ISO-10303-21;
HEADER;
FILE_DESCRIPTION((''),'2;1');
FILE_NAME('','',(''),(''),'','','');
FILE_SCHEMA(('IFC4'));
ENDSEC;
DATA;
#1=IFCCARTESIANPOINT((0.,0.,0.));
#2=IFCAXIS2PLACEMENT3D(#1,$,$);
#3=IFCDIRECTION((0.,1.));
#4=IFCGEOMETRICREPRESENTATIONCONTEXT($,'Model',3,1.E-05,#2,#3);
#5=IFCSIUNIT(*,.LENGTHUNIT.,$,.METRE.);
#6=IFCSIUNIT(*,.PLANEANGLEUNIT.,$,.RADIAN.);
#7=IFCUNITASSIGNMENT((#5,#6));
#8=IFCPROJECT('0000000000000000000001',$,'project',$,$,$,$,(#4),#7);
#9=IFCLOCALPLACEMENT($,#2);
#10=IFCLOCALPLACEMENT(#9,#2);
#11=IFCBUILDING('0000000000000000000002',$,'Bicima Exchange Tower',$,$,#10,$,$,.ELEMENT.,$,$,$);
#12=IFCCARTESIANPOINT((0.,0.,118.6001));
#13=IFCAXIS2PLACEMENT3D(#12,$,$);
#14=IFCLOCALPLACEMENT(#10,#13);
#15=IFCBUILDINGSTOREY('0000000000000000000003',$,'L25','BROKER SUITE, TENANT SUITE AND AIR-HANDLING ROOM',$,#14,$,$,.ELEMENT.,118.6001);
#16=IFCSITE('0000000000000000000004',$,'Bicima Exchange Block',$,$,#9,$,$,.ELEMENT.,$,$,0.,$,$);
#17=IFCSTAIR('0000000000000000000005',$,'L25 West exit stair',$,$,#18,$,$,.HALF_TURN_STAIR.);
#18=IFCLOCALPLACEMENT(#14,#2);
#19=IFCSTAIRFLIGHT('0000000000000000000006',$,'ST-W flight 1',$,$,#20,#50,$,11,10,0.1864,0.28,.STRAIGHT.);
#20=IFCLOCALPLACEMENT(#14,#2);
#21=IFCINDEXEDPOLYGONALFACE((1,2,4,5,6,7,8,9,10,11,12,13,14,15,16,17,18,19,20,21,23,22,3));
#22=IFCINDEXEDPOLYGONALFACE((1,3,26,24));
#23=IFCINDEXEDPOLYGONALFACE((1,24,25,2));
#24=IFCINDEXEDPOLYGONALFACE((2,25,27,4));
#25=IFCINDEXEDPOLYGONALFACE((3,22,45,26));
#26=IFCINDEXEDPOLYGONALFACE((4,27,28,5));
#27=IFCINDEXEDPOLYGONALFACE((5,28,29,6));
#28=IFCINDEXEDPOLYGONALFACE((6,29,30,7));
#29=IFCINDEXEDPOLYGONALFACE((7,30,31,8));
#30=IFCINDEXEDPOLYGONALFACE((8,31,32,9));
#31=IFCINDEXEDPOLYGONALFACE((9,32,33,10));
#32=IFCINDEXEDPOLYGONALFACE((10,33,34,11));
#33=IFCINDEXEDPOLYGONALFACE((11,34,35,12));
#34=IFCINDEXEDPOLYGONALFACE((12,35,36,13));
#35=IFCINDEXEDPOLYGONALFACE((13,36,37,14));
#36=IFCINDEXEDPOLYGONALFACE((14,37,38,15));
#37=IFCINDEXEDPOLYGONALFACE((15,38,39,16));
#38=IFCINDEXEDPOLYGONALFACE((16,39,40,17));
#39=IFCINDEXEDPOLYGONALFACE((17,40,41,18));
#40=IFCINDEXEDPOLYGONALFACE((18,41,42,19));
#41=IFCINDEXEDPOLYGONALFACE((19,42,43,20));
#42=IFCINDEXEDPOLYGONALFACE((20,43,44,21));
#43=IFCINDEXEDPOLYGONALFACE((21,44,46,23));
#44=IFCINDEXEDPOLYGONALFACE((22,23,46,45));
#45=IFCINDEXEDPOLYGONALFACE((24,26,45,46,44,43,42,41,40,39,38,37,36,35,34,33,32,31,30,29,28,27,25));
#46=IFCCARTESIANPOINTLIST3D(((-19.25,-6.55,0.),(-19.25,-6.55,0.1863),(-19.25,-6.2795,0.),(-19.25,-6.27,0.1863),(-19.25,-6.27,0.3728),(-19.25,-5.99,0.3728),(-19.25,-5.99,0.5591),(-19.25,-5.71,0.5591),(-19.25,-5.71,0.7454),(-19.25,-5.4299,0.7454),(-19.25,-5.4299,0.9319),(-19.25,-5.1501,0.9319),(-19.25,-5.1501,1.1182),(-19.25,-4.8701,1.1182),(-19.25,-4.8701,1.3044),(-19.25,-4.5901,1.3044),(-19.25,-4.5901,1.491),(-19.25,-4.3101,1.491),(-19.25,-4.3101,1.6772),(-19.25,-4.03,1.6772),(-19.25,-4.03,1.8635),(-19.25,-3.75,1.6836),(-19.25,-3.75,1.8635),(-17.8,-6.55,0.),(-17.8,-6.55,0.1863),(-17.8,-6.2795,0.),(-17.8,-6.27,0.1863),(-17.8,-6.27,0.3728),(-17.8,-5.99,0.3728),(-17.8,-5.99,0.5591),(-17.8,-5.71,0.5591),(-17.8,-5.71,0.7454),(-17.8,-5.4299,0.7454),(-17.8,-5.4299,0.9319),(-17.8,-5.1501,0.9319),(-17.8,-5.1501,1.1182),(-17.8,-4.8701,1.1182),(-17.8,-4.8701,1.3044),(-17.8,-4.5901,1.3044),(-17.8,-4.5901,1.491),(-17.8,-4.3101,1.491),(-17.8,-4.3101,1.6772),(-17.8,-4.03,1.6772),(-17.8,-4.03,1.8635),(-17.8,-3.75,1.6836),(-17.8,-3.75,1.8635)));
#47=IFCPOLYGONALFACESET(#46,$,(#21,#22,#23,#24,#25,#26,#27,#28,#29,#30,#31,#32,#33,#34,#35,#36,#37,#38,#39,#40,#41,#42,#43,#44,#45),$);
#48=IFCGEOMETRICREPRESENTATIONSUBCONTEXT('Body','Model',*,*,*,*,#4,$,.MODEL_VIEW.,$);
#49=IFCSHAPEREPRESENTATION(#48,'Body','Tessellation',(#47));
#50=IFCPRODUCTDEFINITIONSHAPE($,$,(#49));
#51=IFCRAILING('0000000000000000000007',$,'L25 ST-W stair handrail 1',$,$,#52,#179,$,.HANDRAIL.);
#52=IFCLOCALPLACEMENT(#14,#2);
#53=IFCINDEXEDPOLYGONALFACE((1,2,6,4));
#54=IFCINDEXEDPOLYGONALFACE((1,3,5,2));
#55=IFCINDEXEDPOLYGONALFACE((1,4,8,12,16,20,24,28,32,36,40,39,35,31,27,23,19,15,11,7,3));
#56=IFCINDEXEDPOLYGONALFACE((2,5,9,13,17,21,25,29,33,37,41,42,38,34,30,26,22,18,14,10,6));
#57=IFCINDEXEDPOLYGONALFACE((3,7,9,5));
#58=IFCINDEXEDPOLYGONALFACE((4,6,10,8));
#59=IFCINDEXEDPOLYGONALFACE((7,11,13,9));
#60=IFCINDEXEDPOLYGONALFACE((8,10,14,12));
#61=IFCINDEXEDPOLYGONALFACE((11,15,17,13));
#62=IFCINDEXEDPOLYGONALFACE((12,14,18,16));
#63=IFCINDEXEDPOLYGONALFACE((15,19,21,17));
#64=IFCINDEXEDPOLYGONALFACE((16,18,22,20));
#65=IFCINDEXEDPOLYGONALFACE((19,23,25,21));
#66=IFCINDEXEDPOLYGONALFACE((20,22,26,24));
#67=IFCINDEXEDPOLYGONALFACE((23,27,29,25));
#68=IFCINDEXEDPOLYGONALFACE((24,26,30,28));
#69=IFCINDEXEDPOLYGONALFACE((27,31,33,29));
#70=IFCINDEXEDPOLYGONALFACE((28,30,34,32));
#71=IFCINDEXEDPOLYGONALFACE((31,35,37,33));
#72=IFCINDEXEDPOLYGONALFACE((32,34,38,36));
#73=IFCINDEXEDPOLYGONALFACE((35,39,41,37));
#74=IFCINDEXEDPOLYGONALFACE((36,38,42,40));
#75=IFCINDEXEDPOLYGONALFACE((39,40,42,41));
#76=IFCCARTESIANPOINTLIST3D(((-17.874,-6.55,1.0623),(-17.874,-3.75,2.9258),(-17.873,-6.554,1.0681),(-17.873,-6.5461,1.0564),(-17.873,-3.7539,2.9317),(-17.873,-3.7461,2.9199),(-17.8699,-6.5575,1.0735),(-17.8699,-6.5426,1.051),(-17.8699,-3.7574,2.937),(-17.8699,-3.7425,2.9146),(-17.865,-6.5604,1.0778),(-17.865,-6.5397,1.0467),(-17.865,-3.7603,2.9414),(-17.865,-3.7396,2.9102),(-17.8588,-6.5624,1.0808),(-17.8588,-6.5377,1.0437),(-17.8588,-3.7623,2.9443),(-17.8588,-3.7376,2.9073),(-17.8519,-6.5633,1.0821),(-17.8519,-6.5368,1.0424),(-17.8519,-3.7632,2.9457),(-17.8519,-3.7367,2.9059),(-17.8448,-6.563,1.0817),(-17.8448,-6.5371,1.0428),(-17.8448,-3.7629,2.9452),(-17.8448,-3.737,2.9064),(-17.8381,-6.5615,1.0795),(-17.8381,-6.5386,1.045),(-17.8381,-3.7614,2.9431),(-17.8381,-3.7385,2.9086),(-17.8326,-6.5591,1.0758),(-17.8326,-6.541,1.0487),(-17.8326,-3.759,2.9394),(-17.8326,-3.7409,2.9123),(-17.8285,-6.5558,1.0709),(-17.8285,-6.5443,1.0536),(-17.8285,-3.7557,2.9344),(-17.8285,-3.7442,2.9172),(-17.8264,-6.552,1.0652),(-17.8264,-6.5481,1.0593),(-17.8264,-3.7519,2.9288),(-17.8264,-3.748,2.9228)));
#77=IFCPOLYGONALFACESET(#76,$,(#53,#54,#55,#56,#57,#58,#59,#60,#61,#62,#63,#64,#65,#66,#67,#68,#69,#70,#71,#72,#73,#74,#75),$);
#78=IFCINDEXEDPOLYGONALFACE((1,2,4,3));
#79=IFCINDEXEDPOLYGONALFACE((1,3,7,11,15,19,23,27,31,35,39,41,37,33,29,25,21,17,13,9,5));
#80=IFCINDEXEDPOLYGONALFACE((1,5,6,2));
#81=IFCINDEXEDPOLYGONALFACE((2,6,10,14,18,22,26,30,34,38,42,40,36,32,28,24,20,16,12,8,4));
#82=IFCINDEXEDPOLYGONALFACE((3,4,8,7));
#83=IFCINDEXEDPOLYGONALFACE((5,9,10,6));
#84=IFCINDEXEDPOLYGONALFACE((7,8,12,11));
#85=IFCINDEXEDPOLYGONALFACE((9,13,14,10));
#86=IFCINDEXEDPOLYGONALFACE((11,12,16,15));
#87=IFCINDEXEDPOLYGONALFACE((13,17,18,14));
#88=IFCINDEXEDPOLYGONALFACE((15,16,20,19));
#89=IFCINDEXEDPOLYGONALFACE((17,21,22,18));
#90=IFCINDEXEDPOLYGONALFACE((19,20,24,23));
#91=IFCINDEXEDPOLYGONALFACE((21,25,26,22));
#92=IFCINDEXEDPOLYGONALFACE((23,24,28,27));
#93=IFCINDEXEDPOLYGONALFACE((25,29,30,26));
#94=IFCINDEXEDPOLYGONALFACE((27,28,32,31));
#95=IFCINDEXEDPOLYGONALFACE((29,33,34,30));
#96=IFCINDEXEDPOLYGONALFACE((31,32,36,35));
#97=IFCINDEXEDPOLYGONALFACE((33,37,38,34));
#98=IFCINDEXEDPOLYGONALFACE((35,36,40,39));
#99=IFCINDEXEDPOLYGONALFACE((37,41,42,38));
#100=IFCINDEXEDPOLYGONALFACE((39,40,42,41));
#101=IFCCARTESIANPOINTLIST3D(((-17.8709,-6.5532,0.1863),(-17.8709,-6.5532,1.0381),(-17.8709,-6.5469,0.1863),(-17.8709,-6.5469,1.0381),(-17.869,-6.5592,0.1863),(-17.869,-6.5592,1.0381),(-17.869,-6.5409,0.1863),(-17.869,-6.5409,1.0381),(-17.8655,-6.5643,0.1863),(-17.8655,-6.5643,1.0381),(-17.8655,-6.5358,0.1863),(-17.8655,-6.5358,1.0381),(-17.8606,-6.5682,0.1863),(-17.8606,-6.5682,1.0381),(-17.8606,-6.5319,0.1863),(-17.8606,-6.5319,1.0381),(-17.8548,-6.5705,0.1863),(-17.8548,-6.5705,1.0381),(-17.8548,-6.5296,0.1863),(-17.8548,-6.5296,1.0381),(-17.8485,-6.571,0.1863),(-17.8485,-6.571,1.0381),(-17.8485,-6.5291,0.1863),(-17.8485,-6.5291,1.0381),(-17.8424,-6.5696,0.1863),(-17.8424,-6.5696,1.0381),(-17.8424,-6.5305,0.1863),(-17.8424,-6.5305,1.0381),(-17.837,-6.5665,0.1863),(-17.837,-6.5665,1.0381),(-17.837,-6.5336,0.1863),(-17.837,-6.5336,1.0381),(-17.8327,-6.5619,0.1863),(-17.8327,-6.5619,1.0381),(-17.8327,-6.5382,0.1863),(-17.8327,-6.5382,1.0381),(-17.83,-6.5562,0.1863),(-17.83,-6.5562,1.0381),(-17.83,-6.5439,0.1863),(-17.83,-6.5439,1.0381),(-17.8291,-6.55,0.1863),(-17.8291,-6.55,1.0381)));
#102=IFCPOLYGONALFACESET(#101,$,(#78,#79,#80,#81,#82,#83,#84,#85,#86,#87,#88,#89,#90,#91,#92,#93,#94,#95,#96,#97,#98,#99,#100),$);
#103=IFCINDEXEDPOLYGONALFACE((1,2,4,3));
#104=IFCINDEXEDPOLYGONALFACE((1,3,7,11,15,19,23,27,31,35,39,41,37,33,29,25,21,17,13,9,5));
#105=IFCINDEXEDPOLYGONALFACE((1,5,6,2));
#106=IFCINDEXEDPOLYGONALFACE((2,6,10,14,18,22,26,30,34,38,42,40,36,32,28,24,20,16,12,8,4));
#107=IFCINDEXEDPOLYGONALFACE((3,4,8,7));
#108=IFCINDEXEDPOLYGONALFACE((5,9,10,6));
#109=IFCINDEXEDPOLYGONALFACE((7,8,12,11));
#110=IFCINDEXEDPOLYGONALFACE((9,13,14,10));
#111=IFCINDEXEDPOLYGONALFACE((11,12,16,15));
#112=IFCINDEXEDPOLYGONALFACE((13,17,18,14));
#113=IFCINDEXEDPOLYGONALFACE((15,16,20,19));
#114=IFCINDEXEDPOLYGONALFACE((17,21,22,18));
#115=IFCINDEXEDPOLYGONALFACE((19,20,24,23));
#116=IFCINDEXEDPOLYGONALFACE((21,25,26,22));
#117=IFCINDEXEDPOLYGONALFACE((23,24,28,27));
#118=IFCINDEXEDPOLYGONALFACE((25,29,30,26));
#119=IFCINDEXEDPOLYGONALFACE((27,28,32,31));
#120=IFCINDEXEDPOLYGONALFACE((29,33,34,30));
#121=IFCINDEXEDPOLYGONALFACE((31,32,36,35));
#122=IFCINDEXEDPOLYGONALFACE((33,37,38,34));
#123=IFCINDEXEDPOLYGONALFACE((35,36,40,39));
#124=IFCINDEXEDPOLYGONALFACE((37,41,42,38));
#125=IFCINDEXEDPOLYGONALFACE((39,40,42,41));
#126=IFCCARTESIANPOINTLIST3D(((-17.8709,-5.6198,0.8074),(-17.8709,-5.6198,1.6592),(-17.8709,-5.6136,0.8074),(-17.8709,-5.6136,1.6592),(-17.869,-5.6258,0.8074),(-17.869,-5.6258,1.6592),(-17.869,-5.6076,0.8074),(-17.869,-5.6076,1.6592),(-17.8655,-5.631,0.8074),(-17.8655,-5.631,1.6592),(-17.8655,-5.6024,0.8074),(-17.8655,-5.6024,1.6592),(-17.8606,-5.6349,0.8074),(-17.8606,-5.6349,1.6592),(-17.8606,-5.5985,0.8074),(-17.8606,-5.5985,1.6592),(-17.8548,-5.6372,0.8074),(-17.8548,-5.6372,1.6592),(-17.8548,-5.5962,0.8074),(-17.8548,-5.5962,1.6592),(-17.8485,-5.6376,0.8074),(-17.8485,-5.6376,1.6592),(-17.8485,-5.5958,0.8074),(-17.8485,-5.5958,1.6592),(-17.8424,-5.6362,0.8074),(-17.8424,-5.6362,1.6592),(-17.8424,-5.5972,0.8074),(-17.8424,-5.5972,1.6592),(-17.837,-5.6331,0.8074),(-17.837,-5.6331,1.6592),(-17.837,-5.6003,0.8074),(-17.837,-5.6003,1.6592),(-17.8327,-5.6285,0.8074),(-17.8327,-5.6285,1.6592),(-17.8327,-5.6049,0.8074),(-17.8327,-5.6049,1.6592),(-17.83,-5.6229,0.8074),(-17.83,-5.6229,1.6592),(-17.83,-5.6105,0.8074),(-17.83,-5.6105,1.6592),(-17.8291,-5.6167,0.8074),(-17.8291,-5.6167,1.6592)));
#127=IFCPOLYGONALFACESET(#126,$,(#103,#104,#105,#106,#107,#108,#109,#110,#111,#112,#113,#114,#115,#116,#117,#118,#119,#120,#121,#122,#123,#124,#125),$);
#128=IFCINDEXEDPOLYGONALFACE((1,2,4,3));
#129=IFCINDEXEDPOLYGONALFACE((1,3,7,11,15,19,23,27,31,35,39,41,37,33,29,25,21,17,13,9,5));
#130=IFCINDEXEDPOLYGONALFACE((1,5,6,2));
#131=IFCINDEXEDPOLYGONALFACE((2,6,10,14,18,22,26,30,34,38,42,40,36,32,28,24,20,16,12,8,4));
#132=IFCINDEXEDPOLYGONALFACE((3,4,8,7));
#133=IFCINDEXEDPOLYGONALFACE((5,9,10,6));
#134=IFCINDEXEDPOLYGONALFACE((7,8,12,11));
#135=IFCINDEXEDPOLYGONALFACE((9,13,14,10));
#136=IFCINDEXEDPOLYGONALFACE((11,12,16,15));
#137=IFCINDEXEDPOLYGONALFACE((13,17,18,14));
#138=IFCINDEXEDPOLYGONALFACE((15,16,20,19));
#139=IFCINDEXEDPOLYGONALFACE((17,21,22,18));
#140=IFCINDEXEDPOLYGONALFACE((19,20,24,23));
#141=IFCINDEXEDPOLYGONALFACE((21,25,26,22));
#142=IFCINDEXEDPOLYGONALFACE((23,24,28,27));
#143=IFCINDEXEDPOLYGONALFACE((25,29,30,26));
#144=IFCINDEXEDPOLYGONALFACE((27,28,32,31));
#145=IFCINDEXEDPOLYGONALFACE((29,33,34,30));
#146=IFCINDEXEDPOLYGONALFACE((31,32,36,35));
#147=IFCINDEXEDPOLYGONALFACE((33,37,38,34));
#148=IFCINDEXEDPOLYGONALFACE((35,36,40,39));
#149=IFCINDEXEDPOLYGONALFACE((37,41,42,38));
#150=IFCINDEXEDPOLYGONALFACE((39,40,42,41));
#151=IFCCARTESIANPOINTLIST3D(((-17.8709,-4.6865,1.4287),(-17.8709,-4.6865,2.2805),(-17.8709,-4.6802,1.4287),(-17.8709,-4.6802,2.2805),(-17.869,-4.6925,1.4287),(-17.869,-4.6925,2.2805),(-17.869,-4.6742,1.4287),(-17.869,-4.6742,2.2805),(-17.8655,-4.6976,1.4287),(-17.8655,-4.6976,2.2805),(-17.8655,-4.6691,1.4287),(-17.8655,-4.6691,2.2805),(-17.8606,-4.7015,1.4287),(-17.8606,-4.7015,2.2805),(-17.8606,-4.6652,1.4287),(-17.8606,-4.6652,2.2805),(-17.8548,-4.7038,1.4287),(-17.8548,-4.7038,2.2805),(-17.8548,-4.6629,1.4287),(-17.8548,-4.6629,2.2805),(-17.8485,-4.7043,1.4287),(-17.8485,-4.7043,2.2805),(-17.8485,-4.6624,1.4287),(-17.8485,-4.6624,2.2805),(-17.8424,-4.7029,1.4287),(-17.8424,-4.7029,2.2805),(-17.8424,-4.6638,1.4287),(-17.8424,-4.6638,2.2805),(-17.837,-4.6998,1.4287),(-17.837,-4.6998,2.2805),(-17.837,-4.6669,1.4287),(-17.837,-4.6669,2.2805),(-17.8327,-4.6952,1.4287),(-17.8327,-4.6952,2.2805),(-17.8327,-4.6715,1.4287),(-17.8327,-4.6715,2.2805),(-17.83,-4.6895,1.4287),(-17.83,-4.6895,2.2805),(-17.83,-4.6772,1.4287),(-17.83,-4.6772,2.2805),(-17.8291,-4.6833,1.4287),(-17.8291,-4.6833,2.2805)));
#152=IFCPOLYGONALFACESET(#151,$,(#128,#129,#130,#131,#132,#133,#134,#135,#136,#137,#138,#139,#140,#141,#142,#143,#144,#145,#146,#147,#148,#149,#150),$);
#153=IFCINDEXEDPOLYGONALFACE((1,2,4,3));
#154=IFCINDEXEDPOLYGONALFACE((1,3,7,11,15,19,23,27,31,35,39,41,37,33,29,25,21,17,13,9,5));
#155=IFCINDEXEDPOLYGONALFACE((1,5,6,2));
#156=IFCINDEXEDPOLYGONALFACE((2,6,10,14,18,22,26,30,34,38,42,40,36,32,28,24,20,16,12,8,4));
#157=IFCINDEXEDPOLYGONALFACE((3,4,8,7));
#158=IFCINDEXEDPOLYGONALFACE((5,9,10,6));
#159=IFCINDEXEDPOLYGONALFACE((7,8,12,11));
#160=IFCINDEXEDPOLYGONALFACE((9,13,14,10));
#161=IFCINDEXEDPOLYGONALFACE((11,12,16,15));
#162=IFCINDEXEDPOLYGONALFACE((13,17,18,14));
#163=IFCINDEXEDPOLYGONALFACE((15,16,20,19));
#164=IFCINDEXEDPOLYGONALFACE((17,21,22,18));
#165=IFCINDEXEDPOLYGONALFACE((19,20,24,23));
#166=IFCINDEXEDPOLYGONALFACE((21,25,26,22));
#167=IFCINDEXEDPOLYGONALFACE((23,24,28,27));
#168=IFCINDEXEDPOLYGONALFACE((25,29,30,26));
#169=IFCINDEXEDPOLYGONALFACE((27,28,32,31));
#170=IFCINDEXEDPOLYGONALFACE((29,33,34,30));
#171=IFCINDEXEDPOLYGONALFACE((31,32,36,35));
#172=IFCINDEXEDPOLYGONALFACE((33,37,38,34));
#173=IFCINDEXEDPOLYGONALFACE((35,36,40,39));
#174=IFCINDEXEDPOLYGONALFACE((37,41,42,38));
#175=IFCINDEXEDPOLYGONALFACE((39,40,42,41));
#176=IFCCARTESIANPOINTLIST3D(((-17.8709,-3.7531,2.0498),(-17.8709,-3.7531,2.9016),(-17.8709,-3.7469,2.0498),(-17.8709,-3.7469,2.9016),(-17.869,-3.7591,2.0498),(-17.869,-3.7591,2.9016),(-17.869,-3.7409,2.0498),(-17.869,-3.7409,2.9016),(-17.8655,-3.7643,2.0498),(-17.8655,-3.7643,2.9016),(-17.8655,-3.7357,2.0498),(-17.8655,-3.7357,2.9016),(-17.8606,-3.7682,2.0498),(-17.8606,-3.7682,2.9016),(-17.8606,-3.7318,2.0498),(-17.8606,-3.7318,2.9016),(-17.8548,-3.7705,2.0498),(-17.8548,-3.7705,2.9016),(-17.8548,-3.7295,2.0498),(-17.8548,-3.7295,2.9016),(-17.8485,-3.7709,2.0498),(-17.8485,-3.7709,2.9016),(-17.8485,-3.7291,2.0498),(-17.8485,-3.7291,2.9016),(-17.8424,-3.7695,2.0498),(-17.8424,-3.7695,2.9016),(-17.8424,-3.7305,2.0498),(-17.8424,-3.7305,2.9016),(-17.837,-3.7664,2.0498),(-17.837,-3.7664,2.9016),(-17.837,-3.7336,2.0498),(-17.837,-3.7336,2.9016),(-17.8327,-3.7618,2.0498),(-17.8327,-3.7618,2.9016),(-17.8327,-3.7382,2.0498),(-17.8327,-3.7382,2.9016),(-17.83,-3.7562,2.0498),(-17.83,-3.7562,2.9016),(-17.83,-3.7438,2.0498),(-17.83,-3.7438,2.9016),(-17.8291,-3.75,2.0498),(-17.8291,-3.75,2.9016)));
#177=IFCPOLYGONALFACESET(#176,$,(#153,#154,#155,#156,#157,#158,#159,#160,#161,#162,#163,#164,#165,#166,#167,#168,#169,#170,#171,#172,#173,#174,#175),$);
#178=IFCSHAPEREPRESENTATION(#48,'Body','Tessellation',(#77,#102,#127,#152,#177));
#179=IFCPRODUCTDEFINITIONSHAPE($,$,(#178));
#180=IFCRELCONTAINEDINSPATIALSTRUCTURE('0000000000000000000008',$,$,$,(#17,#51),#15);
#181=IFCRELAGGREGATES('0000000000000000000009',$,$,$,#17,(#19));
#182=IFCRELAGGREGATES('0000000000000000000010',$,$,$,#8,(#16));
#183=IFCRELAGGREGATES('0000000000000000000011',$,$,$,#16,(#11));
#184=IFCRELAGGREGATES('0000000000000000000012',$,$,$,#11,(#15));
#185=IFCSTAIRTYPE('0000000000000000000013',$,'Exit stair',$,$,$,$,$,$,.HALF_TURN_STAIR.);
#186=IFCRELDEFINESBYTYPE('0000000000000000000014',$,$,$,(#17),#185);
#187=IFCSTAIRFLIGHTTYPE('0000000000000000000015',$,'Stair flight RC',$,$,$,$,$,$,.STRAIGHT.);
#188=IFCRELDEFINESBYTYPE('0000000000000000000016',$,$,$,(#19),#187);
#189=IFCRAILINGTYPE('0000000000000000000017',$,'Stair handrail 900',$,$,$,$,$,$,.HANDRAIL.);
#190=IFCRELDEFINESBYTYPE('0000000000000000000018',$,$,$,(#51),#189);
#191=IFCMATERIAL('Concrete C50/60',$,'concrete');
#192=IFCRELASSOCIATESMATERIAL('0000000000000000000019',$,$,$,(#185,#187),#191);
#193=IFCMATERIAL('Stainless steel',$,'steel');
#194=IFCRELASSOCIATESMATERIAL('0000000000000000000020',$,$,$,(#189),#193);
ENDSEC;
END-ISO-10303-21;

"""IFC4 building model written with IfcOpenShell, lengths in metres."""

from ifc_helpers import new_model, si_unit, direction, frame, origin, origin_2d, place, context, subcontext, project, spatial, polyline, circle, outline, extrude, material, type_object, element, aggregate, save


model = new_model("IFC4")

# Units and contexts
model_context = context("Model", 3, precision=1e-05, world=origin(), true_north=direction((0.0, 1.0)))
body_context = subcontext(model_context, "Body", "Model", "MODEL_VIEW")
ifc_project = project(units=[si_unit("LENGTHUNIT", "METRE"), si_unit("PLANEANGLEUNIT", "RADIAN")], contexts=[model_context])

# Site, building, storey
site_placement = place(None, origin())
site = spatial("IfcSite", under=ifc_project, at=site_placement, Name="Bicima Exchange Block", CompositionType="ELEMENT", RefElevation=0.0)
building_placement = place(site_placement, origin())
building = spatial("IfcBuilding", under=site, at=building_placement, Name="Bicima Exchange Tower", CompositionType="ELEMENT")
storey_placement = place(building_placement, frame((0.0, 0.0, 118.6001)))
storey = spatial("IfcBuildingStorey", under=building, at=storey_placement, Name="L25", Description="BROKER SUITE, TENANT SUITE AND AIR-HANDLING ROOM", CompositionType="ELEMENT", Elevation=118.6001)

# Shared definitions
ifc_material_1 = material(Name="Concrete C50/60", Category="concrete")

# Shared definitions
ifc_material_2 = material(Name="Stainless steel", Category="steel")

# Stair, stair flight
stair_type = type_object("IfcStairType", Name="Exit stair", PredefinedType="HALF_TURN_STAIR", material=ifc_material_1)
stair_placement = place(storey_placement, origin())
stair = element("IfcStair", 1, at=stair_placement, inside=storey, type_object=stair_type, Name="L25 West exit stair", PredefinedType="HALF_TURN_STAIR")
stair_flight_type = type_object("IfcStairFlightType", Name="Stair flight RC", PredefinedType="STRAIGHT", material=ifc_material_1)
stair_flight_placement = place(storey_placement, frame((-18.5249, -6.55, 0.0), z_axis=(0.0, 0.0, 1.0), x_axis=(0.0, 1.0, 0.0)))
stair_flight = element("IfcStairFlight", 2, at=stair_flight_placement, type_object=stair_flight_type, Name="ST-W flight 1", NumberOfRisers=11, NumberOfTreads=10, PredefinedType="STRAIGHT", RiserHeight=0.1864, TreadLength=0.28, context=body_context, shape_type="SweptSolid", body=[
    extrude(outline(polyline([(0.0, 0.0), (0.0, 0.1863), (0.28, 0.1863), (0.28, 0.3728), (0.5601, 0.3728), (0.5601, 0.5591), (0.8401, 0.5591), (0.8401, 0.7454), (1.1201, 0.7454), (1.1201, 0.9319), (1.3999, 0.9319), (1.3999, 1.1182), (1.6799, 1.1182), (1.6799, 1.3044), (1.96, 1.3044), (1.96, 1.491), (2.24, 1.491), (2.24, 1.6772), (2.52, 1.6772), (2.52, 1.8635), (2.8, 1.8635), (2.8, 2.05), (2.8, 1.6836), (0.2705, 0.0), (0.0, 0.0)])), frame((0.0, 0.7251, 0.0), z_axis=(0.0, -1.0, 0.0), x_axis=(1.0, 0.0, 0.0)), (0.0, 0.0, 1.0), 1.45),
])
aggregate(stair, [stair_flight])

# Railing
railing_type_1 = type_object("IfcRailingType", Name="Stair handrail 900", PredefinedType="HANDRAIL", material=ifc_material_2)
railing_1_placement = place(storey_placement, frame((-17.8501, -6.55, 0.1863)))
element("IfcRailing", 3, at=railing_1_placement, inside=storey, type_object=railing_type_1, Name="L25 ST-W stair handrail 1", PredefinedType="HANDRAIL", context=body_context, shape_type="SweptSolid", body=[
    extrude(circle(Radius=0.0239, at=origin_2d()), frame((0.0, 0.0, 0.876), z_axis=(0.0, 0.832486, 0.554047), x_axis=(-1.0, 0.0, 0.0)), (0.0, 0.0, 1.0), 3.3635),
    extrude(circle(Radius=0.021, at=origin_2d()), origin(), (0.0, 0.0, 1.0), 0.8518),
    extrude(circle(Radius=0.021, at=origin_2d()), frame((0.0, 0.9333, 0.6211)), (0.0, 0.0, 1.0), 0.8518),
    extrude(circle(Radius=0.021, at=origin_2d()), frame((0.0, 1.8667, 1.2424)), (0.0, 0.0, 1.0), 0.8518),
    extrude(circle(Radius=0.021, at=origin_2d()), frame((0.0, 2.8, 1.8635)), (0.0, 0.0, 1.0), 0.8518),
])

save(model, "model.ifc")
